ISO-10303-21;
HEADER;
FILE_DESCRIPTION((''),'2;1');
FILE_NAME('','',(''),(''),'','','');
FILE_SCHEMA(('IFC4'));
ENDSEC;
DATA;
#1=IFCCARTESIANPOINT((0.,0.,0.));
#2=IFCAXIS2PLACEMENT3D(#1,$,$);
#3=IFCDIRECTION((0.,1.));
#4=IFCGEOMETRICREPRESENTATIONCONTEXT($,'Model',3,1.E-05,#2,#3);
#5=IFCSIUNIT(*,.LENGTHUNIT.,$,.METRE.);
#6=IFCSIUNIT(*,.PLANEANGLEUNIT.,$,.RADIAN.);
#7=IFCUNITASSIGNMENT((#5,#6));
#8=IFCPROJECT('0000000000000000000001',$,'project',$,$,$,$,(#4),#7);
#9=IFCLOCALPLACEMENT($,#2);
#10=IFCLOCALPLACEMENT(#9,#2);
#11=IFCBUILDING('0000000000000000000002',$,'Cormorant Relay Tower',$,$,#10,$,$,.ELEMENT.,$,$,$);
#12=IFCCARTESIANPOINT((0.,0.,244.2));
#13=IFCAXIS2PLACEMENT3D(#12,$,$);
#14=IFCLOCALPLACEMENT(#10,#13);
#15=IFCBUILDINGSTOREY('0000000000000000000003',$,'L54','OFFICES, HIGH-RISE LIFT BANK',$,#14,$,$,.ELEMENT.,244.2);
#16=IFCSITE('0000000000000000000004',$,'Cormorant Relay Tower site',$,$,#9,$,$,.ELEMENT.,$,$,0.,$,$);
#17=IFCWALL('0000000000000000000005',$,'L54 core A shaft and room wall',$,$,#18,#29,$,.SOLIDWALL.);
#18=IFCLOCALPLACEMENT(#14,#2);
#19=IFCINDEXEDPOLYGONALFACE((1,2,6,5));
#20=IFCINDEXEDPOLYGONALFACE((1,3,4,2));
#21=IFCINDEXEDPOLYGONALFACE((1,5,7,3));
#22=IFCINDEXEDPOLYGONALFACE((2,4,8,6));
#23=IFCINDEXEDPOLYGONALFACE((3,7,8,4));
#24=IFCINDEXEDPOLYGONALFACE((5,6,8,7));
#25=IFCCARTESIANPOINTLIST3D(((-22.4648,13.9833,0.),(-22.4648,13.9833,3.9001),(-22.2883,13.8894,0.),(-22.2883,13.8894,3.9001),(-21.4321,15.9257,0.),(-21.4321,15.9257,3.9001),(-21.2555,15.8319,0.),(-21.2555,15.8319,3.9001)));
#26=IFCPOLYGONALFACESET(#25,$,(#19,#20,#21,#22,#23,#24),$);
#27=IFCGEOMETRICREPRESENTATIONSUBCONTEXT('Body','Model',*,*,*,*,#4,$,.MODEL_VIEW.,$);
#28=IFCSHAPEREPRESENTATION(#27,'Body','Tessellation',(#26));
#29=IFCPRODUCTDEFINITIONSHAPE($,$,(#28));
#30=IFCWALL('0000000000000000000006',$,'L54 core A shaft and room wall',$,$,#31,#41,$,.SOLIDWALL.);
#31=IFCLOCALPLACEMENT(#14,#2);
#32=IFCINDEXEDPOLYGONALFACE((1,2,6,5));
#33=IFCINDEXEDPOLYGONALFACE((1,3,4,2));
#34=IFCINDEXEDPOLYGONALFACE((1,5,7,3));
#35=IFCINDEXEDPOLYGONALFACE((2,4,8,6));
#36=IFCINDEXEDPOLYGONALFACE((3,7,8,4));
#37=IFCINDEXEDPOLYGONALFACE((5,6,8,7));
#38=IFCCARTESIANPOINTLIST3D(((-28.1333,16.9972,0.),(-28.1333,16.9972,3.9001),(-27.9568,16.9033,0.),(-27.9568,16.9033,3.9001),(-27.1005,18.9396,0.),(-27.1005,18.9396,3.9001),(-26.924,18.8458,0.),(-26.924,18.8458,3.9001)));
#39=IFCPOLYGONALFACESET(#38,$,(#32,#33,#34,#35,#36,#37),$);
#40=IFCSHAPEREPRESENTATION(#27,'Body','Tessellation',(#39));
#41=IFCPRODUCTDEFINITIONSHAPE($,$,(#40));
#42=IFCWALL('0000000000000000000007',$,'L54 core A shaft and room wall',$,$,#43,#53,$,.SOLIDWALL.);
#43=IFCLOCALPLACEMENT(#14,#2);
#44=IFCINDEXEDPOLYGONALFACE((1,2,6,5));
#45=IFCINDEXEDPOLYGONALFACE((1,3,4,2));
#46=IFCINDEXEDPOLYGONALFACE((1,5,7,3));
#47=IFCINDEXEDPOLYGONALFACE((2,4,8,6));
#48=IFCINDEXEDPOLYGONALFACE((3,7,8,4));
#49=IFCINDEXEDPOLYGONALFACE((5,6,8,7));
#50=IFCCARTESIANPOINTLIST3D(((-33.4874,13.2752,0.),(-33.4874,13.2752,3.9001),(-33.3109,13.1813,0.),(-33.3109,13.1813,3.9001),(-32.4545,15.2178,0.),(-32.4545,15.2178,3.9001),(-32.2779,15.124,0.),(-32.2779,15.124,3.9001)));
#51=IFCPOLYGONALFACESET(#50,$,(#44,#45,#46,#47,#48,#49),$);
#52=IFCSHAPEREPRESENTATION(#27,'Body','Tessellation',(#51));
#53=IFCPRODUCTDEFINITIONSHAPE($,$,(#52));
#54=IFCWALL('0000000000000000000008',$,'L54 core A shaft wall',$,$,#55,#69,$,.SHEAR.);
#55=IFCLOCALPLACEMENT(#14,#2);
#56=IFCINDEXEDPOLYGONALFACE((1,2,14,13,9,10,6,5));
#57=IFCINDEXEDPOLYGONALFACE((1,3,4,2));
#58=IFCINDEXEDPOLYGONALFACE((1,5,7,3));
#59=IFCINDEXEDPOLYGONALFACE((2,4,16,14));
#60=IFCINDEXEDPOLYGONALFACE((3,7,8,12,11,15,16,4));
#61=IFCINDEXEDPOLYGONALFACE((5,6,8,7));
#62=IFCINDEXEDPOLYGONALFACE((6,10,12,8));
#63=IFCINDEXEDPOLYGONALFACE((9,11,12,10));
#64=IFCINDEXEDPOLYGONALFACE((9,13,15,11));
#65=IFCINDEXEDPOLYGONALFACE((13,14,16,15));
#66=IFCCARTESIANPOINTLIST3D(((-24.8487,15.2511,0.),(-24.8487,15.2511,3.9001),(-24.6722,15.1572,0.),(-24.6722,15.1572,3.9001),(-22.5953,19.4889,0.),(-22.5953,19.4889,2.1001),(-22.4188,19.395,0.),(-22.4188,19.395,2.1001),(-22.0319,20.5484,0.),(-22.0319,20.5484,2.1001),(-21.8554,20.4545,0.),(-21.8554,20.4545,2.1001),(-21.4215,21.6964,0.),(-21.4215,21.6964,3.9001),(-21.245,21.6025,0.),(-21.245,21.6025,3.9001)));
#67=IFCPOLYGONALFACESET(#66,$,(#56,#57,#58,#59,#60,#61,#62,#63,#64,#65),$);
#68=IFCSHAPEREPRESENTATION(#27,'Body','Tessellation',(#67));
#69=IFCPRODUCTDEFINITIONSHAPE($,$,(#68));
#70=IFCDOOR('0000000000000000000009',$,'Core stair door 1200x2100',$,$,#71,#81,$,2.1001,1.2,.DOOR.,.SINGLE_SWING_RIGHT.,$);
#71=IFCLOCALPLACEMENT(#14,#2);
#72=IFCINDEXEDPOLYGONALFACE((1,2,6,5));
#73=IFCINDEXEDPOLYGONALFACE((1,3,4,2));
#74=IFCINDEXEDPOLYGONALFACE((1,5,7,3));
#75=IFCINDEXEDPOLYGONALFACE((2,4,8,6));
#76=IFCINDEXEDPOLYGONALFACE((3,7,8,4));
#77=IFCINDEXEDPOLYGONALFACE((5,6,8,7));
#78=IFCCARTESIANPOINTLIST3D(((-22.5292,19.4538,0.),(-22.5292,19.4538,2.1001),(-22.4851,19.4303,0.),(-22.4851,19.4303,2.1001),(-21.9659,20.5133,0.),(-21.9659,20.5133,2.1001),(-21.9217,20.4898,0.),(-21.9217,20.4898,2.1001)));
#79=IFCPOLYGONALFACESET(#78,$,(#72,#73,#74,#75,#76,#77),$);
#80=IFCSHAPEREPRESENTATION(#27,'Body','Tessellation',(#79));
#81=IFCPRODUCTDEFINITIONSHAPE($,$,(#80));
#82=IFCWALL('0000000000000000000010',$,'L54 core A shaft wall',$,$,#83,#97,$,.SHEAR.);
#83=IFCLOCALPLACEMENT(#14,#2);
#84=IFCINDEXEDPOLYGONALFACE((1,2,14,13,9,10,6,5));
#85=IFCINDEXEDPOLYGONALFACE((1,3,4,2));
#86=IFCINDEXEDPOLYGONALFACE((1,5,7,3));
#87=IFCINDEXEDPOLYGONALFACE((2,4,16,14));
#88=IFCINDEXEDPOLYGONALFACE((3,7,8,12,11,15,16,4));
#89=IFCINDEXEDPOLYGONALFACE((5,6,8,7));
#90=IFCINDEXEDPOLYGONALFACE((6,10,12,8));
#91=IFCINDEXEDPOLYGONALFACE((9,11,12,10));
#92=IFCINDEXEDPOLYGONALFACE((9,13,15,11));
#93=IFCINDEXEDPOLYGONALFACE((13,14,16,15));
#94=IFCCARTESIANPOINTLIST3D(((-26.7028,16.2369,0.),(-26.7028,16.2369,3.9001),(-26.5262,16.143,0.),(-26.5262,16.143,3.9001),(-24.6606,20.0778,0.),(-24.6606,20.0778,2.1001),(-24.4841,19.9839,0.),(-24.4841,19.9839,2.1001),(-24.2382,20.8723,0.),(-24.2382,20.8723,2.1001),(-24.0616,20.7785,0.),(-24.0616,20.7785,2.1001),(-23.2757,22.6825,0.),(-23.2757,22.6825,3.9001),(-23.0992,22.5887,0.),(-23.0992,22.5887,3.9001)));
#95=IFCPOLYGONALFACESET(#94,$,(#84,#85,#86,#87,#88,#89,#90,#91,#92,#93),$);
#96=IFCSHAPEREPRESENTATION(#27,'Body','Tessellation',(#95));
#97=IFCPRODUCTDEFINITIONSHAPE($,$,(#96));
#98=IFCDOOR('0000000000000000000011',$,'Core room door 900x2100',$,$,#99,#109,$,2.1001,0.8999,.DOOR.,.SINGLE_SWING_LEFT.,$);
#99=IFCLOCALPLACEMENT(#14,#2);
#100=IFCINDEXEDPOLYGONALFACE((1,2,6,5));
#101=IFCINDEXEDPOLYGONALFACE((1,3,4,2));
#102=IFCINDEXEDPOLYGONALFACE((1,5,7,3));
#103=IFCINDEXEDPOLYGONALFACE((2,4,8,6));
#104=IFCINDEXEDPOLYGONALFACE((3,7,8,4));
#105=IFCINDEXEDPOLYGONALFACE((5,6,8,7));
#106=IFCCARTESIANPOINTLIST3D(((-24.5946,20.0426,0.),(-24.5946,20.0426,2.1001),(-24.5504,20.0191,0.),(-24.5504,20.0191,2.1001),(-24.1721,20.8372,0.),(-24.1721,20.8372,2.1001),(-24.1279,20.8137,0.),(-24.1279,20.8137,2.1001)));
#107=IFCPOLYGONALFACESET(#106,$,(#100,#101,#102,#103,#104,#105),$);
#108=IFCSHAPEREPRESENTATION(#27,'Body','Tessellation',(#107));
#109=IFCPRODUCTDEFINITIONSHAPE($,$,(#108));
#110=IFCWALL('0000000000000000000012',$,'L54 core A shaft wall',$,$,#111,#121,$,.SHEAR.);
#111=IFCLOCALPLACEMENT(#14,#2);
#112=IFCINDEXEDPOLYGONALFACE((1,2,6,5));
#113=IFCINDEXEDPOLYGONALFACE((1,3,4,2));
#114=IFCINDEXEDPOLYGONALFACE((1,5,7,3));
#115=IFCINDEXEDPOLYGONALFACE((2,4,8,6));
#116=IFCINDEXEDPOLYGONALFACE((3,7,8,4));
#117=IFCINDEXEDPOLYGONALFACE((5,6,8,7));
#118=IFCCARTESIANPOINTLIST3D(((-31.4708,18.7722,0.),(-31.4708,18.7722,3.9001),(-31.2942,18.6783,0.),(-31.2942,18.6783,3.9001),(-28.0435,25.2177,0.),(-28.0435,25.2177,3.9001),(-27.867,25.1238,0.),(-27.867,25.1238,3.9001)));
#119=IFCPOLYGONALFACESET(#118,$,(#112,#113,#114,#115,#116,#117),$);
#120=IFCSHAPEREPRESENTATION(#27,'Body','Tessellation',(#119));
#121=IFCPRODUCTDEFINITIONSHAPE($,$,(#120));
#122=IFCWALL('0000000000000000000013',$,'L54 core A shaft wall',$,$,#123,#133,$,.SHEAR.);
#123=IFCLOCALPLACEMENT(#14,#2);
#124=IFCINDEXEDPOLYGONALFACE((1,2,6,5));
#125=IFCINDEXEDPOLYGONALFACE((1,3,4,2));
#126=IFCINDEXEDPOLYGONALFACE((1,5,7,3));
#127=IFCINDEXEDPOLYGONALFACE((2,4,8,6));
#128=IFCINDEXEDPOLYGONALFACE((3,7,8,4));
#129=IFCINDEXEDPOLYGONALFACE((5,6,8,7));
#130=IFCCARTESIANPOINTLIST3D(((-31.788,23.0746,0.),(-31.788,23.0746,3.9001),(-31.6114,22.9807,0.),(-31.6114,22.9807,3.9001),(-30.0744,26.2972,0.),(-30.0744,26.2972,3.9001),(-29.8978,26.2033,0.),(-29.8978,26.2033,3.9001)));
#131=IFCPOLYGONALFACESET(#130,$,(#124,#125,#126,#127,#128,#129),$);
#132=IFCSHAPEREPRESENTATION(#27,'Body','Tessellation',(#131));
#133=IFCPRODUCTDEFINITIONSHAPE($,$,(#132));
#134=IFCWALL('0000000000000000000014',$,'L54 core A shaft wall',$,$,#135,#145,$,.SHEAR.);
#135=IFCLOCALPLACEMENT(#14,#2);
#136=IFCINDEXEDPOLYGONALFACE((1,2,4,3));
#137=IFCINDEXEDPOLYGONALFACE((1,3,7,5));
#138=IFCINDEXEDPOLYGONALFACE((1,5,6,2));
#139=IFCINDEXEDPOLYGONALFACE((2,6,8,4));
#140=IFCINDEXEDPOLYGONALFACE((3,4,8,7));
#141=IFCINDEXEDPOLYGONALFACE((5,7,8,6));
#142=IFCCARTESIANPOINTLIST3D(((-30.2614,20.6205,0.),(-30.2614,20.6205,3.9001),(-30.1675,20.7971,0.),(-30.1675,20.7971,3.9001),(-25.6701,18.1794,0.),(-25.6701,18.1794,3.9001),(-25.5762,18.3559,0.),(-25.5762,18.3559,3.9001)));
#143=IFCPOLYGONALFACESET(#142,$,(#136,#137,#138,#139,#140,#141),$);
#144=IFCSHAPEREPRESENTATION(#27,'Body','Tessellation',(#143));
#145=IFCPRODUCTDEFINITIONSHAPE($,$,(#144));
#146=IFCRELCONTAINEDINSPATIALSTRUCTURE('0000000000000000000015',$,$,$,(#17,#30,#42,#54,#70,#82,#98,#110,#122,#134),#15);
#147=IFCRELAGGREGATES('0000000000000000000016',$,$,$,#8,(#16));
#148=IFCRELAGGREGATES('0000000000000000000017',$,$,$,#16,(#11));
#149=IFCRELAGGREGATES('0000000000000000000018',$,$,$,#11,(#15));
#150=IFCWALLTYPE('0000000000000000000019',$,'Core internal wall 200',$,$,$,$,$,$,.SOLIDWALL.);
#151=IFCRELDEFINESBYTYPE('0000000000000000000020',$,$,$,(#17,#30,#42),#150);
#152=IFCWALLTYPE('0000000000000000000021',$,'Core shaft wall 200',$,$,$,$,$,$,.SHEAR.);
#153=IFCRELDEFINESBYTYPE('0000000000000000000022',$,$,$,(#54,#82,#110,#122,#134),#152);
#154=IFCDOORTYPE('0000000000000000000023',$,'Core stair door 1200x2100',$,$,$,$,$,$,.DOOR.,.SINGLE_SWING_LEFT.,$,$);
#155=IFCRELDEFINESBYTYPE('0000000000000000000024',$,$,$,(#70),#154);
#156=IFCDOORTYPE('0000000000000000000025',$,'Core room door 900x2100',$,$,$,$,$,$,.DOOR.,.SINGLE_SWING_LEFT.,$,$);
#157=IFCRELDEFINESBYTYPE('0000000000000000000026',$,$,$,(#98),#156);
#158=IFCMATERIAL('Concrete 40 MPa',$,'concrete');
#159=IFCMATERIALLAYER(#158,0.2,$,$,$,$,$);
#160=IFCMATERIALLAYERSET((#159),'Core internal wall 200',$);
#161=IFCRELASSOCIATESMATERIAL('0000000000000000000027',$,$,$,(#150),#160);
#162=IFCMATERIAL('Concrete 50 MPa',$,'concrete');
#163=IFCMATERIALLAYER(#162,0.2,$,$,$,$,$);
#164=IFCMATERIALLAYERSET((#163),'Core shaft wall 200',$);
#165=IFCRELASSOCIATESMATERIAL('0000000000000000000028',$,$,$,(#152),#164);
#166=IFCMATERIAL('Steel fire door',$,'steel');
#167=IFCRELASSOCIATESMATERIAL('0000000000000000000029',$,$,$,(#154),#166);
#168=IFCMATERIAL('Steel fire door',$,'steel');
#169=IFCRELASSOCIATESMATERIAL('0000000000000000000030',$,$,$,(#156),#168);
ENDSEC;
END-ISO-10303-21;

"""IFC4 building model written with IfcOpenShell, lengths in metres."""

from ifc_helpers import new_model, si_unit, direction, frame, frame_2d, origin, place, context, subcontext, project, spatial, rectangle, extrude, material, layer, layer_set, type_object, element, fill, save


model = new_model("IFC4")

# Units and contexts
model_context = context("Model", 3, precision=1e-05, world=origin(), true_north=direction((0.0, 1.0)))
body_context = subcontext(model_context, "Body", "Model", "MODEL_VIEW")
ifc_project = project(units=[si_unit("LENGTHUNIT", "METRE"), si_unit("PLANEANGLEUNIT", "RADIAN")], contexts=[model_context])

# Site, building, storey
site_placement = place(None, origin())
site = spatial("IfcSite", under=ifc_project, at=site_placement, Name="Cormorant Relay Tower site", CompositionType="ELEMENT", RefElevation=0.0)
building_placement = place(site_placement, origin())
building = spatial("IfcBuilding", under=site, at=building_placement, Name="Cormorant Relay Tower", CompositionType="ELEMENT")
storey_placement = place(building_placement, frame((0.0, 0.0, 244.2)))
storey = spatial("IfcBuildingStorey", under=building, at=storey_placement, Name="L54", Description="OFFICES, HIGH-RISE LIFT BANK", CompositionType="ELEMENT", Elevation=244.2)

# Walls
ifc_material_1 = material(Name="Concrete 40 MPa", Category="concrete")
ifc_layer_1 = layer(ifc_material_1, 0.2)
ifc_layer_set_1 = layer_set([ifc_layer_1], Name="Core internal wall 200")
wall_type_1 = type_object("IfcWallType", Name="Core internal wall 200", PredefinedType="SOLIDWALL", material=ifc_layer_set_1)
for number, where, z_axis, x_axis, name in (
    (1, (-21.3438, 15.8789, 0.0), (0.0, 0.0, 1.0), (-0.469447, -0.88296, 0.0), "L54 core A shaft and room wall"),
    (2, (-27.0122, 18.8928, 0.0), (0.0, 0.0, 1.0), (-0.469447, -0.88296, 0.0), "L54 core A shaft and room wall"),
):
    element("IfcWall", number, at=place(storey_placement, frame(where, z_axis=z_axis, x_axis=x_axis)), inside=storey, type_object=wall_type_1, Name=name, PredefinedType="SOLIDWALL", context=body_context, shape_type="SweptSolid", body=[
        extrude(rectangle(XDim=2.2, YDim=0.2, at=frame_2d((1.1001, 0.0))), origin(), (0.0, 0.0, 1.0), 3.9001),
    ])
wall_1_placement = place(storey_placement, frame((-32.3662, 15.1709, 0.0), z_axis=(0.0, 0.0, 1.0), x_axis=(-0.469488, -0.882939, 0.0)))
element("IfcWall", 3, at=wall_1_placement, inside=storey, type_object=wall_type_1, Name="L54 core A shaft and room wall", PredefinedType="SOLIDWALL", context=body_context, shape_type="SweptSolid", body=[
    extrude(rectangle(XDim=2.2002, YDim=0.2, at=frame_2d((1.1001, 0.0))), origin(), (0.0, 0.0, 1.0), 3.9001),
])

# Walls, openings, doors
ifc_material_2 = material(Name="Concrete 50 MPa", Category="concrete")
ifc_layer_2 = layer(ifc_material_2, 0.2)
ifc_layer_set_2 = layer_set([ifc_layer_2], Name="Core shaft wall 200")
wall_type_2 = type_object("IfcWallType", Name="Core shaft wall 200", PredefinedType="SHEAR", material=ifc_layer_set_2)
wall_2_placement = place(storey_placement, frame((-21.3333, 21.6494, 0.0), z_axis=(0.0, 0.0, 1.0), x_axis=(-0.469494, -0.882936, 0.0)))
wall_2 = element("IfcWall", 4, at=wall_2_placement, inside=storey, type_object=wall_type_2, Name="L54 core A shaft wall", PredefinedType="SHEAR", context=body_context, shape_type="SweptSolid", body=[
    extrude(rectangle(XDim=7.2998, YDim=0.2, at=frame_2d((3.6499, 0.0))), origin(), (0.0, 0.0, 1.0), 3.9001),
])
opening_1_placement = place(wall_2_placement, frame((1.3, 0.0, 0.0)))
opening_1 = element("IfcOpeningElement", 5, at=opening_1_placement, cuts=wall_2, PredefinedType="OPENING", context=body_context, shape_type="SweptSolid", body=[
    extrude(rectangle(XDim=1.2, YDim=2.1001, at=frame_2d((0.6001, 1.05))), frame((0.0, 0.1099, 0.0), z_axis=(0.0, -1.0, 0.0), x_axis=(1.0, 0.0, 0.0)), (0.0, 0.0, 1.0), 0.22),
])
ifc_material_3 = material(Name="Steel fire door", Category="steel")
door_type_1 = type_object("IfcDoorType", Name="Core stair door 1200x2100", OperationType="SINGLE_SWING_LEFT", PredefinedType="DOOR", material=ifc_material_3)
door_1_placement = place(opening_1_placement, origin())
door_1 = element("IfcDoor", 6, at=door_1_placement, inside=storey, type_object=door_type_1, Name="Core stair door 1200x2100", OperationType="SINGLE_SWING_RIGHT", OverallHeight=2.1001, OverallWidth=1.2, PredefinedType="DOOR", context=body_context, shape_type="SweptSolid", body=[
    extrude(rectangle(XDim=1.2, YDim=2.1001, at=frame_2d((0.6001, 1.05))), frame((0.0, 0.0249, 0.0), z_axis=(0.0, -1.0, 0.0), x_axis=(1.0, 0.0, 0.0)), (0.0, 0.0, 1.0), 0.05),
])
fill(opening_1, door_1)
wall_3_placement = place(storey_placement, frame((-23.1875, 22.6355, 0.0), z_axis=(0.0, 0.0, 1.0), x_axis=(-0.469454, -0.882957, 0.0)))
wall_3 = element("IfcWall", 7, at=wall_3_placement, inside=storey, type_object=wall_type_2, Name="L54 core A shaft wall", PredefinedType="SHEAR", context=body_context, shape_type="SweptSolid", body=[
    extrude(rectangle(XDim=7.3, YDim=0.2, at=frame_2d((3.6499, 0.0))), origin(), (0.0, 0.0, 1.0), 3.9001),
])
opening_2_placement = place(wall_3_placement, frame((2.05, 0.0, 0.0)))
opening_2 = element("IfcOpeningElement", 8, at=opening_2_placement, cuts=wall_3, PredefinedType="OPENING", context=body_context, shape_type="SweptSolid", body=[
    extrude(rectangle(XDim=0.8999, YDim=2.1001, at=frame_2d((0.45, 1.05))), frame((0.0, 0.1099, 0.0), z_axis=(0.0, -1.0, 0.0), x_axis=(1.0, 0.0, 0.0)), (0.0, 0.0, 1.0), 0.22),
])
ifc_material_4 = material(Name="Steel fire door", Category="steel")
door_type_2 = type_object("IfcDoorType", Name="Core room door 900x2100", OperationType="SINGLE_SWING_LEFT", PredefinedType="DOOR", material=ifc_material_4)
door_2_placement = place(opening_2_placement, origin())
door_2 = element("IfcDoor", 9, at=door_2_placement, inside=storey, type_object=door_type_2, Name="Core room door 900x2100", OperationType="SINGLE_SWING_LEFT", OverallHeight=2.1001, OverallWidth=0.8999, PredefinedType="DOOR", context=body_context, shape_type="SweptSolid", body=[
    extrude(rectangle(XDim=0.8999, YDim=2.1001, at=frame_2d((0.45, 1.05))), frame((0.0, 0.0249, 0.0), z_axis=(0.0, -1.0, 0.0), x_axis=(1.0, 0.0, 0.0)), (0.0, 0.0, 1.0), 0.05),
])
fill(opening_2, door_2)

# Walls
wall_4_placement = place(storey_placement, frame((-27.9553, 25.1707, 0.0), z_axis=(0.0, 0.0, 1.0), x_axis=(-0.46948, -0.882943, 0.0)))
element("IfcWall", 10, at=wall_4_placement, inside=storey, type_object=wall_type_2, Name="L54 core A shaft wall", PredefinedType="SHEAR", context=body_context, shape_type="SweptSolid", body=[
    extrude(rectangle(XDim=7.3, YDim=0.2, at=frame_2d((3.6499, 0.0))), origin(), (0.0, 0.0, 1.0), 3.9001),
])
wall_5_placement = place(storey_placement, frame((-29.9861, 26.2502, 0.0), z_axis=(0.0, 0.0, 1.0), x_axis=(-0.469494, -0.882936, 0.0)))
element("IfcWall", 11, at=wall_5_placement, inside=storey, type_object=wall_type_2, Name="L54 core A shaft wall", PredefinedType="SHEAR", context=body_context, shape_type="SweptSolid", body=[
    extrude(rectangle(XDim=3.6499, YDim=0.2, at=frame_2d((1.825, 0.0))), origin(), (0.0, 0.0, 1.0), 3.9001),
])

# Wall
wall_6_placement = place(storey_placement, frame((-25.623, 18.2676, 0.0), z_axis=(0.0, 0.0, 1.0), x_axis=(-0.882954, 0.46946, 0.0)))
element("IfcWall", 12, at=wall_6_placement, inside=storey, type_object=wall_type_2, Name="L54 core A shaft wall", PredefinedType="SHEAR", context=body_context, shape_type="SweptSolid", body=[
    extrude(rectangle(XDim=5.2, YDim=0.2, at=frame_2d((2.6001, 0.0))), origin(), (0.0, 0.0, 1.0), 3.9001),
])

save(model, "model.ifc")
